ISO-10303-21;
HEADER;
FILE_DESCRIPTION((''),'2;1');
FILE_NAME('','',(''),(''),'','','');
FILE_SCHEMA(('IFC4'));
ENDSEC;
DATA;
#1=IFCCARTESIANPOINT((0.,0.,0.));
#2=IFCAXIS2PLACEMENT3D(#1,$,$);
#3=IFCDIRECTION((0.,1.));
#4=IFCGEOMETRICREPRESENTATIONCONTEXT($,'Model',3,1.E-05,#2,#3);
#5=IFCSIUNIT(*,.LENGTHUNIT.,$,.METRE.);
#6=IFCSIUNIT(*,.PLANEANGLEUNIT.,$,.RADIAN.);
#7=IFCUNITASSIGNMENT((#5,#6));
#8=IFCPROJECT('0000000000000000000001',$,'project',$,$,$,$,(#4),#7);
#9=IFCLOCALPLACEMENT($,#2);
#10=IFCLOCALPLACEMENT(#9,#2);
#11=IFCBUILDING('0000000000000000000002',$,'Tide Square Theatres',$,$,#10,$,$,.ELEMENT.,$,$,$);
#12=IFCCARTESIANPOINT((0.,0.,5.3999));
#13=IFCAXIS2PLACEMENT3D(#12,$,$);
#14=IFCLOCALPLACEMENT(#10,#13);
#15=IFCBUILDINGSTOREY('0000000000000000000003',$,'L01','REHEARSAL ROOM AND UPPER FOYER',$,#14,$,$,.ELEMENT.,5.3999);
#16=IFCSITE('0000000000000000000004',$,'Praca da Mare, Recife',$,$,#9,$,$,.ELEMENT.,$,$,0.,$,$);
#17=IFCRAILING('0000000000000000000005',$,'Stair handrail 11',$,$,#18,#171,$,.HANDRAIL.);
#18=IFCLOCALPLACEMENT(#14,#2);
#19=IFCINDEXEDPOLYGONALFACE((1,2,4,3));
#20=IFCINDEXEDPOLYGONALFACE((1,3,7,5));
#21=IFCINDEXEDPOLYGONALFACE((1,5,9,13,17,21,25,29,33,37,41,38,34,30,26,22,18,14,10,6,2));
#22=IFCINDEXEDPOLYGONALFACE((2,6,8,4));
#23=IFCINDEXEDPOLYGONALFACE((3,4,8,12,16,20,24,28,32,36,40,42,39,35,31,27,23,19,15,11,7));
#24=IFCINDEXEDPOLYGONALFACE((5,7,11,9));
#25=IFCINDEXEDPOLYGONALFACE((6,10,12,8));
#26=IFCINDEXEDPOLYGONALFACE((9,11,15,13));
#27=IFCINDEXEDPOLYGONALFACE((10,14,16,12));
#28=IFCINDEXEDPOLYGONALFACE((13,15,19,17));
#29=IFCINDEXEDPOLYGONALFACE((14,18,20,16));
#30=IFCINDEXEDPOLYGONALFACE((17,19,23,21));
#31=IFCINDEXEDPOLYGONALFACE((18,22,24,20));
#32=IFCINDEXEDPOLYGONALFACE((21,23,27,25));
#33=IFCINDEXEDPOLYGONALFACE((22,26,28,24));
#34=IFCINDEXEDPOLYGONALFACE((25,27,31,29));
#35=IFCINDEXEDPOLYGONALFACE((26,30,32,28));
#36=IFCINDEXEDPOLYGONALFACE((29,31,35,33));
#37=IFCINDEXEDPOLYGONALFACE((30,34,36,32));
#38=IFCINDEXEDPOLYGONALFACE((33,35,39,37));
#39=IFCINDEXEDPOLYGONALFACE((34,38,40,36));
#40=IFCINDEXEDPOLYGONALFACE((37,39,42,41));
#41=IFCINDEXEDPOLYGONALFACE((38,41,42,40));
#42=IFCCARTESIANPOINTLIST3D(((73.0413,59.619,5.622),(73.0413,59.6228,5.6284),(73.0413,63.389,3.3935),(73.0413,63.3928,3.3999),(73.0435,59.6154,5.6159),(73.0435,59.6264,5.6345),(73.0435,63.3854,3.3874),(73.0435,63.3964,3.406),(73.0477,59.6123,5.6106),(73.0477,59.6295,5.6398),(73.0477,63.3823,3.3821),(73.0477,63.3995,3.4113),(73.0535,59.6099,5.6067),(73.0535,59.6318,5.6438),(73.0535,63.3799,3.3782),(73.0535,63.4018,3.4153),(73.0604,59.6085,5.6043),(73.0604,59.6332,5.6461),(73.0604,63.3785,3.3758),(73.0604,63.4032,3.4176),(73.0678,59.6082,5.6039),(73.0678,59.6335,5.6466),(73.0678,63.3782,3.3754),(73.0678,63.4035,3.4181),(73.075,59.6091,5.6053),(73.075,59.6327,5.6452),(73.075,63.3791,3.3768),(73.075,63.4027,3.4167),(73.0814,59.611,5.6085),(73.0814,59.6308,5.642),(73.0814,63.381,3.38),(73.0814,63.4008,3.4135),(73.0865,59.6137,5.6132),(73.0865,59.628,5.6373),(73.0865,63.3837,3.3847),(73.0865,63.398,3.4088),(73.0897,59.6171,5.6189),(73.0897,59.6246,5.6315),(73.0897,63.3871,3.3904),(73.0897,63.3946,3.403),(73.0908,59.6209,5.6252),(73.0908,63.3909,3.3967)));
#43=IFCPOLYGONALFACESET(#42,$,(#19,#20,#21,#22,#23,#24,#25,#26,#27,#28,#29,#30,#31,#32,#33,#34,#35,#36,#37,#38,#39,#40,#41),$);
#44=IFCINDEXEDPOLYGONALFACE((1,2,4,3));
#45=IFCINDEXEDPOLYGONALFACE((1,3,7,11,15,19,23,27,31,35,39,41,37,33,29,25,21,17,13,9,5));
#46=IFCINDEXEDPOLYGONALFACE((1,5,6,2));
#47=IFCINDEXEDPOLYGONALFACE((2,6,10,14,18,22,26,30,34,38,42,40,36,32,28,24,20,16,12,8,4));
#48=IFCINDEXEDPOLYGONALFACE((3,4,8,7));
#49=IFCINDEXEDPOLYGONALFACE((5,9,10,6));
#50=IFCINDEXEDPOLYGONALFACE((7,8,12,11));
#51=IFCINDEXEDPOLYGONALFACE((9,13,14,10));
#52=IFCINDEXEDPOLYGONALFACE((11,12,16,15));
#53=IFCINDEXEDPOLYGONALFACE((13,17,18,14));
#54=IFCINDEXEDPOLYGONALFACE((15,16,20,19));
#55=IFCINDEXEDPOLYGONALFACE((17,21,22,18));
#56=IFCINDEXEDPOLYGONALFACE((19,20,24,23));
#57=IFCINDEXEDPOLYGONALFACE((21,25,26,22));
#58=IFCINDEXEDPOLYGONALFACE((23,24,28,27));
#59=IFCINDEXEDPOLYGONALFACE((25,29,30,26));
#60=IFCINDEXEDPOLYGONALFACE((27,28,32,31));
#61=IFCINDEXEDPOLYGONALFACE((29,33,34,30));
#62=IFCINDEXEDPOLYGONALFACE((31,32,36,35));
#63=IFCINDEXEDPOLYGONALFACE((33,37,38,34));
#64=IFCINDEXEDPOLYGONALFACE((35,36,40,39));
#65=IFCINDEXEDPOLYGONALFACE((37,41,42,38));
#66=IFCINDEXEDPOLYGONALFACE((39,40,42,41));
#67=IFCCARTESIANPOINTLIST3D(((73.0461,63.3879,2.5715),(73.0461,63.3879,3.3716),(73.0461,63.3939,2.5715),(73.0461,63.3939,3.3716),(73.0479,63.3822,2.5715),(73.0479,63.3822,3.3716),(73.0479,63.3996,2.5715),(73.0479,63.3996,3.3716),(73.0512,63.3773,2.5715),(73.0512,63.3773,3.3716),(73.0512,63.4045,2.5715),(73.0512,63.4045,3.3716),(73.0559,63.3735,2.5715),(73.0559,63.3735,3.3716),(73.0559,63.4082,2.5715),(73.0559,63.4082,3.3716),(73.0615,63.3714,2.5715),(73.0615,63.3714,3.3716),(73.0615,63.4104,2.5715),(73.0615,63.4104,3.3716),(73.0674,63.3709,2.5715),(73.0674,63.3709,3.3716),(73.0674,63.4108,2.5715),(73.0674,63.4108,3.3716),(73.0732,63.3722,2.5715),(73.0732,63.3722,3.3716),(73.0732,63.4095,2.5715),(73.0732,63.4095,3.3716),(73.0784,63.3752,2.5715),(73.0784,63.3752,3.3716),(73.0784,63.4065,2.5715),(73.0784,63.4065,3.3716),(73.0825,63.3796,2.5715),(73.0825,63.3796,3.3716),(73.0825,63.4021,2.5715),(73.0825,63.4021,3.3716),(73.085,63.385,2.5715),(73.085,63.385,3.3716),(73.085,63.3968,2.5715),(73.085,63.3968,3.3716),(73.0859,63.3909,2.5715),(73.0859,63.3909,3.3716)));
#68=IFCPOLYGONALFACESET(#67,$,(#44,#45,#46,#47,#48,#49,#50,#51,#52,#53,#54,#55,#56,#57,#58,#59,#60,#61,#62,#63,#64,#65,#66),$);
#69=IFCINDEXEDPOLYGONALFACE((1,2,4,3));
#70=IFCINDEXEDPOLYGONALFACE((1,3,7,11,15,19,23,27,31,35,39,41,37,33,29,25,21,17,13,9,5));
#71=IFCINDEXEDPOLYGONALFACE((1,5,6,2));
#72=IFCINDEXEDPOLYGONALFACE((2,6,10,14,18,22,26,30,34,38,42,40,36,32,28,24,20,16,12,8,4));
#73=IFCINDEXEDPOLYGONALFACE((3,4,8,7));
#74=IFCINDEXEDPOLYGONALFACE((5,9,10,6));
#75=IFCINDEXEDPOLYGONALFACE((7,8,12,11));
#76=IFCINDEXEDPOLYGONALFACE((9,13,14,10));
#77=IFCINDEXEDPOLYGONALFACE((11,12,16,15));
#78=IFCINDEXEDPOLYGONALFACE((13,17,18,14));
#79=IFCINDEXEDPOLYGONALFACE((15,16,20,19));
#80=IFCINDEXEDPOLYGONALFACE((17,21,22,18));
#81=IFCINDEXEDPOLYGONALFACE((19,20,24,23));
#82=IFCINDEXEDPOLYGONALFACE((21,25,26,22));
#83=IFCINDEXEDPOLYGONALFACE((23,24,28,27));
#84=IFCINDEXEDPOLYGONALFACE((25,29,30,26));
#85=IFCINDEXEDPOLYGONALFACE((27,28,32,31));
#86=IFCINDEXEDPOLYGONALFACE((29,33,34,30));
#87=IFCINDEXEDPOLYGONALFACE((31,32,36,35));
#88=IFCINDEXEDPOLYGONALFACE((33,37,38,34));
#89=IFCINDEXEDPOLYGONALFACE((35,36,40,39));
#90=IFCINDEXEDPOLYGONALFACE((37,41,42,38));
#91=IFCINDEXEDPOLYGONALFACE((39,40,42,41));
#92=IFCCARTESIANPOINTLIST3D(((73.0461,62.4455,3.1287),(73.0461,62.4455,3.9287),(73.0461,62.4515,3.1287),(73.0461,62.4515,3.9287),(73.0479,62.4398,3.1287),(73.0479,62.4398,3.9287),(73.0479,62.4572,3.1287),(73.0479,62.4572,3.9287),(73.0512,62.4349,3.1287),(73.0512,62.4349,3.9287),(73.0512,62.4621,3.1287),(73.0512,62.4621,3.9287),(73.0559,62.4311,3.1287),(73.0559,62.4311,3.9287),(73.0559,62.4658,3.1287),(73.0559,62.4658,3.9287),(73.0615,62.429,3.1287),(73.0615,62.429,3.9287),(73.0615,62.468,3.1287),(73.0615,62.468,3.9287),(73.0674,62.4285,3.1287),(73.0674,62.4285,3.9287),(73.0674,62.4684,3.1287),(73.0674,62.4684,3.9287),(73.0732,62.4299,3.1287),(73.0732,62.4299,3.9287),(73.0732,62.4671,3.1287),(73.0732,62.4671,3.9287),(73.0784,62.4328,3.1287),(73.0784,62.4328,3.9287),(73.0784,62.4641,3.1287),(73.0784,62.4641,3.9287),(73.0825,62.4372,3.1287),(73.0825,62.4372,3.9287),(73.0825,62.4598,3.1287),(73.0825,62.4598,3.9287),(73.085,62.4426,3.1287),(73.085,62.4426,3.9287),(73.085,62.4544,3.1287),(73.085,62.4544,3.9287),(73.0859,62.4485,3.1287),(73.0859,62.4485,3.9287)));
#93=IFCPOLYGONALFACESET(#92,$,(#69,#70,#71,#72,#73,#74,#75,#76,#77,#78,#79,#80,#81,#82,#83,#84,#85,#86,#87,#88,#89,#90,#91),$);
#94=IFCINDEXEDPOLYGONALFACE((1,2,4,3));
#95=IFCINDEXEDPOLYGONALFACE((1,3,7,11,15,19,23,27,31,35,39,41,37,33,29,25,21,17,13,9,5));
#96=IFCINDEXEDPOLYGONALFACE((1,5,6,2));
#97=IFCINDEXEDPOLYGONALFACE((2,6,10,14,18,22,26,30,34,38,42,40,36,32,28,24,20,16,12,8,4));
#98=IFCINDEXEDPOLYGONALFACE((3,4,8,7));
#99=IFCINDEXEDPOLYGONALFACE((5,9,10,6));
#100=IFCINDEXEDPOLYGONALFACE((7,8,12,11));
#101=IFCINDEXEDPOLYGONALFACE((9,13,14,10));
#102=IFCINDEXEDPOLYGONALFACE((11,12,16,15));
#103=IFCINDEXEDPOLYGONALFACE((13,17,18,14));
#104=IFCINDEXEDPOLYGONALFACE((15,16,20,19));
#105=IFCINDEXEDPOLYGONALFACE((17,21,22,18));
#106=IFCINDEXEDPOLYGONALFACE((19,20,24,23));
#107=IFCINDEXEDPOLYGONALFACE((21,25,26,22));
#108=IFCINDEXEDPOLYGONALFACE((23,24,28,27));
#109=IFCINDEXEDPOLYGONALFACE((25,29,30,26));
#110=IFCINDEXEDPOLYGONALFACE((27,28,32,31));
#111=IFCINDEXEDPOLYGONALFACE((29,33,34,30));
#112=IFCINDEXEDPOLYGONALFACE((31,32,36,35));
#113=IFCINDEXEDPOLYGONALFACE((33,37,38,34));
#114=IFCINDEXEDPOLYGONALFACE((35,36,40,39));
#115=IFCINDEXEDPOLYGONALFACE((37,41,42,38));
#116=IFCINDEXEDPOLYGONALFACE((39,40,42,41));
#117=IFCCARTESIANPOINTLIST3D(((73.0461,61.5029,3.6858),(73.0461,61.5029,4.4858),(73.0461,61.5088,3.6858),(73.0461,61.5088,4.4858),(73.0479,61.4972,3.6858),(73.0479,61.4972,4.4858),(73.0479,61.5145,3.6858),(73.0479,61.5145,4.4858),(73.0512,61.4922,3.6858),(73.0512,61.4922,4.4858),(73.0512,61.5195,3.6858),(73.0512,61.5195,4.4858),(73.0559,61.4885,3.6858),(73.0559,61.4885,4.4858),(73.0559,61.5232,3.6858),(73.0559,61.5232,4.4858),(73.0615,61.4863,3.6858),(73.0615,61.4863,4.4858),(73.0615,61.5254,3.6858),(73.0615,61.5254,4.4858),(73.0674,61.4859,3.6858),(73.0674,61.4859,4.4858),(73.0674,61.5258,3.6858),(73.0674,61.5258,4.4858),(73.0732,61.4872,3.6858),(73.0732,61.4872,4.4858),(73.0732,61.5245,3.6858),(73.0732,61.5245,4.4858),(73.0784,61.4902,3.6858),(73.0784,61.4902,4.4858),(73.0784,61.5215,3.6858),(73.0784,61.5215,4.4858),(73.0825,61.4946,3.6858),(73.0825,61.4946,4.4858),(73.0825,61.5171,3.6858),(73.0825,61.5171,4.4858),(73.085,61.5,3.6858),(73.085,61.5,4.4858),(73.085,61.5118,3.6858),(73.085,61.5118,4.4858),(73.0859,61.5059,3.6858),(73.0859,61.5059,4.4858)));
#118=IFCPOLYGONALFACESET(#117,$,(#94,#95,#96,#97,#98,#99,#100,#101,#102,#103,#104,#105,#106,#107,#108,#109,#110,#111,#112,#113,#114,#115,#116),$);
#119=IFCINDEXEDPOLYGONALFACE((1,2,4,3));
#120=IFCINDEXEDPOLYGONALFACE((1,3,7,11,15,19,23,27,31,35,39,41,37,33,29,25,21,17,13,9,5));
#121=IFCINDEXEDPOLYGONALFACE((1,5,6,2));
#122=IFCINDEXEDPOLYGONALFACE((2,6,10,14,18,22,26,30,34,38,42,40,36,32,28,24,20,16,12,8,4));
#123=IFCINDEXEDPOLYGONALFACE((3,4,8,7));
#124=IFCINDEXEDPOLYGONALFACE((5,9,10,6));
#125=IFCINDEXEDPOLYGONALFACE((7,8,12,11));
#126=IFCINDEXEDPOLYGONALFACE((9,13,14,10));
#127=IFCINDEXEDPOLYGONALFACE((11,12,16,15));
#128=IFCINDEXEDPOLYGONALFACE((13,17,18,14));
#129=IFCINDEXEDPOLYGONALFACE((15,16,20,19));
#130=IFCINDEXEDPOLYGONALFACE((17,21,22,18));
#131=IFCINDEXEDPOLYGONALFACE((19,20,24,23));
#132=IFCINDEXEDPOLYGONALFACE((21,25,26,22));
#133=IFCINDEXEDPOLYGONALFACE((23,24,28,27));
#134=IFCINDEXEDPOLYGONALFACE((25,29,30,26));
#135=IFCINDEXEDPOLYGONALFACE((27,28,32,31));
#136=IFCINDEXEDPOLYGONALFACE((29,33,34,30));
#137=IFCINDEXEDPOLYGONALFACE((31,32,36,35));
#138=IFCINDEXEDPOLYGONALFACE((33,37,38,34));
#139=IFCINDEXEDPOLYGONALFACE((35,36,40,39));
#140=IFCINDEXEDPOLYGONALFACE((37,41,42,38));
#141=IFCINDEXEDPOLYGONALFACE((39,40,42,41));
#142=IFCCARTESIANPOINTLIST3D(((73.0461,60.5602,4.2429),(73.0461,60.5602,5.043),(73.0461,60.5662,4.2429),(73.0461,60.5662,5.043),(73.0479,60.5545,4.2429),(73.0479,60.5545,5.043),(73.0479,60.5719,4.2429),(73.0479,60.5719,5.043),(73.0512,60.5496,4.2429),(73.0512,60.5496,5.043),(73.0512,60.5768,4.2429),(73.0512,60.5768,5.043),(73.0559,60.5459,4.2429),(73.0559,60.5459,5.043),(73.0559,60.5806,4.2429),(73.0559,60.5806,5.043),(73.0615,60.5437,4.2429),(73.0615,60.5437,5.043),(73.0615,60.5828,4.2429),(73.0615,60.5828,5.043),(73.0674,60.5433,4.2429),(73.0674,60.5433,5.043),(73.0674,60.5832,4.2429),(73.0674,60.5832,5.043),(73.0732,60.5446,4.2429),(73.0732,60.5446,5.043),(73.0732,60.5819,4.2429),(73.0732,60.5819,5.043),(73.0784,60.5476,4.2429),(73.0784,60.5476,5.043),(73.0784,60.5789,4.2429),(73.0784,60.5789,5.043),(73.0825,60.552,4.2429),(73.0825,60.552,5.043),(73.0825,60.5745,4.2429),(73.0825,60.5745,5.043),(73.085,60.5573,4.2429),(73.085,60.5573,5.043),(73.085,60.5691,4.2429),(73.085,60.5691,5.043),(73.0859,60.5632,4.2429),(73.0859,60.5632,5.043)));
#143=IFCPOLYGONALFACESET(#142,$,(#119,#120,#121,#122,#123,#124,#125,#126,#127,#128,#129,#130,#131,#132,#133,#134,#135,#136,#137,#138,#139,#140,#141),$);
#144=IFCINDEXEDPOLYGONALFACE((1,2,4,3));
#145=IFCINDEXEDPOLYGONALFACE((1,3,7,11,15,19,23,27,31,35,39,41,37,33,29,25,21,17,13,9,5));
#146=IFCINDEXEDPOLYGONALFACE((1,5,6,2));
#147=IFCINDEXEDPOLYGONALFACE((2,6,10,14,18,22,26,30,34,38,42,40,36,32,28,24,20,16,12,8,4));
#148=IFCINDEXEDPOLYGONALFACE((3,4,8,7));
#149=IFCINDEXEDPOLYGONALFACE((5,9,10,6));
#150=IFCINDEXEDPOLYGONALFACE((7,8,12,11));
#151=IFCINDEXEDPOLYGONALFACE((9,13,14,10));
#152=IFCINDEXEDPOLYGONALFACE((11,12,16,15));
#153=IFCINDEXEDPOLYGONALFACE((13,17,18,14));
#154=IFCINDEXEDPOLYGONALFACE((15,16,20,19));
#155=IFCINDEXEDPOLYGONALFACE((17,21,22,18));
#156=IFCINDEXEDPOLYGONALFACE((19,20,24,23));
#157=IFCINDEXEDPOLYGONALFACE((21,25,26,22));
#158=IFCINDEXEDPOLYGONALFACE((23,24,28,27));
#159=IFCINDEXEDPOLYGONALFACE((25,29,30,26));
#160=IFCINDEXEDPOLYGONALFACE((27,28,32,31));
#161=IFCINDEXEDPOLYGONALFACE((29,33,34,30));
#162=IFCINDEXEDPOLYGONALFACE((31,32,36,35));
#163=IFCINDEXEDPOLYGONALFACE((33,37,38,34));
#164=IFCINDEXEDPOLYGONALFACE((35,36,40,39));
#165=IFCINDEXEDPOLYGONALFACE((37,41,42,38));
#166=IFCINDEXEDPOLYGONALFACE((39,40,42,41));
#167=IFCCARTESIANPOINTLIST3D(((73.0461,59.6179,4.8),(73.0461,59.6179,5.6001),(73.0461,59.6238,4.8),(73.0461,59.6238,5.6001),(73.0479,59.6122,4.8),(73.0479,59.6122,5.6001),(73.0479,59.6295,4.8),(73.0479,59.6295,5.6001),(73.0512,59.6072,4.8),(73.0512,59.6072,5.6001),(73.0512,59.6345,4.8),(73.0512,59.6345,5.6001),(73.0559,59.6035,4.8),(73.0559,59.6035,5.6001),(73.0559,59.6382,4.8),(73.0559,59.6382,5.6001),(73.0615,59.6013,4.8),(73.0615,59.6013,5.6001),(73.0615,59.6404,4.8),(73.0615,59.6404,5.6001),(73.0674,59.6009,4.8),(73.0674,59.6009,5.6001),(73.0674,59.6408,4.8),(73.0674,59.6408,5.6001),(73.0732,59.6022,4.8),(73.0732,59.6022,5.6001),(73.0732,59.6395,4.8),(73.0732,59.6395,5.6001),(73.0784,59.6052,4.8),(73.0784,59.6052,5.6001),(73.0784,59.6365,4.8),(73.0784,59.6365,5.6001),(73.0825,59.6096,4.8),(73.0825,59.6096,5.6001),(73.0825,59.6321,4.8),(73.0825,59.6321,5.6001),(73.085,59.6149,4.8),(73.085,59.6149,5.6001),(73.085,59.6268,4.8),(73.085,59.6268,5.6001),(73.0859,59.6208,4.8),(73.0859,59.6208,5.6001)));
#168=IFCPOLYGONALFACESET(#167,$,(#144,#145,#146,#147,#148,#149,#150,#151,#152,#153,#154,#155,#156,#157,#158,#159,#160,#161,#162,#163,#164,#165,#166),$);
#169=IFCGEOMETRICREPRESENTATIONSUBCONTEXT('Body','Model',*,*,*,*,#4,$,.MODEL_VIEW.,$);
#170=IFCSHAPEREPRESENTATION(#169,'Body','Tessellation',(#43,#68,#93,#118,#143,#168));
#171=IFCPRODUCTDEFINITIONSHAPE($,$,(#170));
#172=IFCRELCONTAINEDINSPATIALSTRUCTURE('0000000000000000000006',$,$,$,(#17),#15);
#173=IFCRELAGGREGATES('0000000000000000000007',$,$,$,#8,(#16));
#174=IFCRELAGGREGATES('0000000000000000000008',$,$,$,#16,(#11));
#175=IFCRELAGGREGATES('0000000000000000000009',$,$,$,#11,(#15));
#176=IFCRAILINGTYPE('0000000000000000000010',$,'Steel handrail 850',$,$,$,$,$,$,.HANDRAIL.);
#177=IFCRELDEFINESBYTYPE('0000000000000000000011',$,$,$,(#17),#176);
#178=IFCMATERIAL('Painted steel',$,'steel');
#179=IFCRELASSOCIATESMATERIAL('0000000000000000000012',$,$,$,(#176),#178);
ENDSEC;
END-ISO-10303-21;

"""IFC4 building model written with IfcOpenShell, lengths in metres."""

from ifc_helpers import new_model, si_unit, direction, frame, origin, origin_2d, place, context, subcontext, project, spatial, circle, extrude, material, type_object, element, save


model = new_model("IFC4")

# Units and contexts
model_context = context("Model", 3, precision=1e-05, world=origin(), true_north=direction((0.0, 1.0)))
body_context = subcontext(model_context, "Body", "Model", "MODEL_VIEW")
ifc_project = project(units=[si_unit("LENGTHUNIT", "METRE"), si_unit("PLANEANGLEUNIT", "RADIAN")], contexts=[model_context])

# Site, building, storey
site_placement = place(None, origin())
site = spatial("IfcSite", under=ifc_project, at=site_placement, Name="Praca da Mare, Recife", CompositionType="ELEMENT", RefElevation=0.0)
building_placement = place(site_placement, origin())
building = spatial("IfcBuilding", under=site, at=building_placement, Name="Tide Square Theatres", CompositionType="ELEMENT")
storey_placement = place(building_placement, frame((0.0, 0.0, 5.3999)))
storey = spatial("IfcBuildingStorey", under=building, at=storey_placement, Name="L01", Description="REHEARSAL ROOM AND UPPER FOYER", CompositionType="ELEMENT", Elevation=5.3999)

# Railing
ifc_material_1 = material(Name="Painted steel", Category="steel")
railing_type = type_object("IfcRailingType", Name="Steel handrail 850", PredefinedType="HANDRAIL", material=ifc_material_1)
for number, where, name in (
    (1, (73.0659, 63.3909, 2.5715), "Stair handrail 11"),
):
    element("IfcRailing", number, at=place(storey_placement, frame(where)), inside=storey, type_object=railing_type, Name=name, PredefinedType="HANDRAIL", context=body_context, shape_type="SweptSolid", body=[
        extrude(circle(Radius=0.0249, at=origin_2d()), frame((0.0, 0.0, 0.8252), z_axis=(0.0, -0.860849, 0.508861), x_axis=(1.0, 0.0, 0.0)), (0.0, 0.0, 1.0), 4.3794),
        extrude(circle(Radius=0.02, at=origin_2d()), origin(), (0.0, 0.0, 1.0), 0.8),
        extrude(circle(Radius=0.02, at=origin_2d()), frame((0.0, -0.9424, 0.5571)), (0.0, 0.0, 1.0), 0.8),
        extrude(circle(Radius=0.02, at=origin_2d()), frame((0.0, -1.885, 1.1143)), (0.0, 0.0, 1.0), 0.8),
        extrude(circle(Radius=0.02, at=origin_2d()), frame((0.0, -2.8276, 1.6714)), (0.0, 0.0, 1.0), 0.8),
        extrude(circle(Radius=0.02, at=origin_2d()), frame((0.0, -3.77, 2.2285)), (0.0, 0.0, 1.0), 0.8),
    ])

save(model, "model.ifc")
